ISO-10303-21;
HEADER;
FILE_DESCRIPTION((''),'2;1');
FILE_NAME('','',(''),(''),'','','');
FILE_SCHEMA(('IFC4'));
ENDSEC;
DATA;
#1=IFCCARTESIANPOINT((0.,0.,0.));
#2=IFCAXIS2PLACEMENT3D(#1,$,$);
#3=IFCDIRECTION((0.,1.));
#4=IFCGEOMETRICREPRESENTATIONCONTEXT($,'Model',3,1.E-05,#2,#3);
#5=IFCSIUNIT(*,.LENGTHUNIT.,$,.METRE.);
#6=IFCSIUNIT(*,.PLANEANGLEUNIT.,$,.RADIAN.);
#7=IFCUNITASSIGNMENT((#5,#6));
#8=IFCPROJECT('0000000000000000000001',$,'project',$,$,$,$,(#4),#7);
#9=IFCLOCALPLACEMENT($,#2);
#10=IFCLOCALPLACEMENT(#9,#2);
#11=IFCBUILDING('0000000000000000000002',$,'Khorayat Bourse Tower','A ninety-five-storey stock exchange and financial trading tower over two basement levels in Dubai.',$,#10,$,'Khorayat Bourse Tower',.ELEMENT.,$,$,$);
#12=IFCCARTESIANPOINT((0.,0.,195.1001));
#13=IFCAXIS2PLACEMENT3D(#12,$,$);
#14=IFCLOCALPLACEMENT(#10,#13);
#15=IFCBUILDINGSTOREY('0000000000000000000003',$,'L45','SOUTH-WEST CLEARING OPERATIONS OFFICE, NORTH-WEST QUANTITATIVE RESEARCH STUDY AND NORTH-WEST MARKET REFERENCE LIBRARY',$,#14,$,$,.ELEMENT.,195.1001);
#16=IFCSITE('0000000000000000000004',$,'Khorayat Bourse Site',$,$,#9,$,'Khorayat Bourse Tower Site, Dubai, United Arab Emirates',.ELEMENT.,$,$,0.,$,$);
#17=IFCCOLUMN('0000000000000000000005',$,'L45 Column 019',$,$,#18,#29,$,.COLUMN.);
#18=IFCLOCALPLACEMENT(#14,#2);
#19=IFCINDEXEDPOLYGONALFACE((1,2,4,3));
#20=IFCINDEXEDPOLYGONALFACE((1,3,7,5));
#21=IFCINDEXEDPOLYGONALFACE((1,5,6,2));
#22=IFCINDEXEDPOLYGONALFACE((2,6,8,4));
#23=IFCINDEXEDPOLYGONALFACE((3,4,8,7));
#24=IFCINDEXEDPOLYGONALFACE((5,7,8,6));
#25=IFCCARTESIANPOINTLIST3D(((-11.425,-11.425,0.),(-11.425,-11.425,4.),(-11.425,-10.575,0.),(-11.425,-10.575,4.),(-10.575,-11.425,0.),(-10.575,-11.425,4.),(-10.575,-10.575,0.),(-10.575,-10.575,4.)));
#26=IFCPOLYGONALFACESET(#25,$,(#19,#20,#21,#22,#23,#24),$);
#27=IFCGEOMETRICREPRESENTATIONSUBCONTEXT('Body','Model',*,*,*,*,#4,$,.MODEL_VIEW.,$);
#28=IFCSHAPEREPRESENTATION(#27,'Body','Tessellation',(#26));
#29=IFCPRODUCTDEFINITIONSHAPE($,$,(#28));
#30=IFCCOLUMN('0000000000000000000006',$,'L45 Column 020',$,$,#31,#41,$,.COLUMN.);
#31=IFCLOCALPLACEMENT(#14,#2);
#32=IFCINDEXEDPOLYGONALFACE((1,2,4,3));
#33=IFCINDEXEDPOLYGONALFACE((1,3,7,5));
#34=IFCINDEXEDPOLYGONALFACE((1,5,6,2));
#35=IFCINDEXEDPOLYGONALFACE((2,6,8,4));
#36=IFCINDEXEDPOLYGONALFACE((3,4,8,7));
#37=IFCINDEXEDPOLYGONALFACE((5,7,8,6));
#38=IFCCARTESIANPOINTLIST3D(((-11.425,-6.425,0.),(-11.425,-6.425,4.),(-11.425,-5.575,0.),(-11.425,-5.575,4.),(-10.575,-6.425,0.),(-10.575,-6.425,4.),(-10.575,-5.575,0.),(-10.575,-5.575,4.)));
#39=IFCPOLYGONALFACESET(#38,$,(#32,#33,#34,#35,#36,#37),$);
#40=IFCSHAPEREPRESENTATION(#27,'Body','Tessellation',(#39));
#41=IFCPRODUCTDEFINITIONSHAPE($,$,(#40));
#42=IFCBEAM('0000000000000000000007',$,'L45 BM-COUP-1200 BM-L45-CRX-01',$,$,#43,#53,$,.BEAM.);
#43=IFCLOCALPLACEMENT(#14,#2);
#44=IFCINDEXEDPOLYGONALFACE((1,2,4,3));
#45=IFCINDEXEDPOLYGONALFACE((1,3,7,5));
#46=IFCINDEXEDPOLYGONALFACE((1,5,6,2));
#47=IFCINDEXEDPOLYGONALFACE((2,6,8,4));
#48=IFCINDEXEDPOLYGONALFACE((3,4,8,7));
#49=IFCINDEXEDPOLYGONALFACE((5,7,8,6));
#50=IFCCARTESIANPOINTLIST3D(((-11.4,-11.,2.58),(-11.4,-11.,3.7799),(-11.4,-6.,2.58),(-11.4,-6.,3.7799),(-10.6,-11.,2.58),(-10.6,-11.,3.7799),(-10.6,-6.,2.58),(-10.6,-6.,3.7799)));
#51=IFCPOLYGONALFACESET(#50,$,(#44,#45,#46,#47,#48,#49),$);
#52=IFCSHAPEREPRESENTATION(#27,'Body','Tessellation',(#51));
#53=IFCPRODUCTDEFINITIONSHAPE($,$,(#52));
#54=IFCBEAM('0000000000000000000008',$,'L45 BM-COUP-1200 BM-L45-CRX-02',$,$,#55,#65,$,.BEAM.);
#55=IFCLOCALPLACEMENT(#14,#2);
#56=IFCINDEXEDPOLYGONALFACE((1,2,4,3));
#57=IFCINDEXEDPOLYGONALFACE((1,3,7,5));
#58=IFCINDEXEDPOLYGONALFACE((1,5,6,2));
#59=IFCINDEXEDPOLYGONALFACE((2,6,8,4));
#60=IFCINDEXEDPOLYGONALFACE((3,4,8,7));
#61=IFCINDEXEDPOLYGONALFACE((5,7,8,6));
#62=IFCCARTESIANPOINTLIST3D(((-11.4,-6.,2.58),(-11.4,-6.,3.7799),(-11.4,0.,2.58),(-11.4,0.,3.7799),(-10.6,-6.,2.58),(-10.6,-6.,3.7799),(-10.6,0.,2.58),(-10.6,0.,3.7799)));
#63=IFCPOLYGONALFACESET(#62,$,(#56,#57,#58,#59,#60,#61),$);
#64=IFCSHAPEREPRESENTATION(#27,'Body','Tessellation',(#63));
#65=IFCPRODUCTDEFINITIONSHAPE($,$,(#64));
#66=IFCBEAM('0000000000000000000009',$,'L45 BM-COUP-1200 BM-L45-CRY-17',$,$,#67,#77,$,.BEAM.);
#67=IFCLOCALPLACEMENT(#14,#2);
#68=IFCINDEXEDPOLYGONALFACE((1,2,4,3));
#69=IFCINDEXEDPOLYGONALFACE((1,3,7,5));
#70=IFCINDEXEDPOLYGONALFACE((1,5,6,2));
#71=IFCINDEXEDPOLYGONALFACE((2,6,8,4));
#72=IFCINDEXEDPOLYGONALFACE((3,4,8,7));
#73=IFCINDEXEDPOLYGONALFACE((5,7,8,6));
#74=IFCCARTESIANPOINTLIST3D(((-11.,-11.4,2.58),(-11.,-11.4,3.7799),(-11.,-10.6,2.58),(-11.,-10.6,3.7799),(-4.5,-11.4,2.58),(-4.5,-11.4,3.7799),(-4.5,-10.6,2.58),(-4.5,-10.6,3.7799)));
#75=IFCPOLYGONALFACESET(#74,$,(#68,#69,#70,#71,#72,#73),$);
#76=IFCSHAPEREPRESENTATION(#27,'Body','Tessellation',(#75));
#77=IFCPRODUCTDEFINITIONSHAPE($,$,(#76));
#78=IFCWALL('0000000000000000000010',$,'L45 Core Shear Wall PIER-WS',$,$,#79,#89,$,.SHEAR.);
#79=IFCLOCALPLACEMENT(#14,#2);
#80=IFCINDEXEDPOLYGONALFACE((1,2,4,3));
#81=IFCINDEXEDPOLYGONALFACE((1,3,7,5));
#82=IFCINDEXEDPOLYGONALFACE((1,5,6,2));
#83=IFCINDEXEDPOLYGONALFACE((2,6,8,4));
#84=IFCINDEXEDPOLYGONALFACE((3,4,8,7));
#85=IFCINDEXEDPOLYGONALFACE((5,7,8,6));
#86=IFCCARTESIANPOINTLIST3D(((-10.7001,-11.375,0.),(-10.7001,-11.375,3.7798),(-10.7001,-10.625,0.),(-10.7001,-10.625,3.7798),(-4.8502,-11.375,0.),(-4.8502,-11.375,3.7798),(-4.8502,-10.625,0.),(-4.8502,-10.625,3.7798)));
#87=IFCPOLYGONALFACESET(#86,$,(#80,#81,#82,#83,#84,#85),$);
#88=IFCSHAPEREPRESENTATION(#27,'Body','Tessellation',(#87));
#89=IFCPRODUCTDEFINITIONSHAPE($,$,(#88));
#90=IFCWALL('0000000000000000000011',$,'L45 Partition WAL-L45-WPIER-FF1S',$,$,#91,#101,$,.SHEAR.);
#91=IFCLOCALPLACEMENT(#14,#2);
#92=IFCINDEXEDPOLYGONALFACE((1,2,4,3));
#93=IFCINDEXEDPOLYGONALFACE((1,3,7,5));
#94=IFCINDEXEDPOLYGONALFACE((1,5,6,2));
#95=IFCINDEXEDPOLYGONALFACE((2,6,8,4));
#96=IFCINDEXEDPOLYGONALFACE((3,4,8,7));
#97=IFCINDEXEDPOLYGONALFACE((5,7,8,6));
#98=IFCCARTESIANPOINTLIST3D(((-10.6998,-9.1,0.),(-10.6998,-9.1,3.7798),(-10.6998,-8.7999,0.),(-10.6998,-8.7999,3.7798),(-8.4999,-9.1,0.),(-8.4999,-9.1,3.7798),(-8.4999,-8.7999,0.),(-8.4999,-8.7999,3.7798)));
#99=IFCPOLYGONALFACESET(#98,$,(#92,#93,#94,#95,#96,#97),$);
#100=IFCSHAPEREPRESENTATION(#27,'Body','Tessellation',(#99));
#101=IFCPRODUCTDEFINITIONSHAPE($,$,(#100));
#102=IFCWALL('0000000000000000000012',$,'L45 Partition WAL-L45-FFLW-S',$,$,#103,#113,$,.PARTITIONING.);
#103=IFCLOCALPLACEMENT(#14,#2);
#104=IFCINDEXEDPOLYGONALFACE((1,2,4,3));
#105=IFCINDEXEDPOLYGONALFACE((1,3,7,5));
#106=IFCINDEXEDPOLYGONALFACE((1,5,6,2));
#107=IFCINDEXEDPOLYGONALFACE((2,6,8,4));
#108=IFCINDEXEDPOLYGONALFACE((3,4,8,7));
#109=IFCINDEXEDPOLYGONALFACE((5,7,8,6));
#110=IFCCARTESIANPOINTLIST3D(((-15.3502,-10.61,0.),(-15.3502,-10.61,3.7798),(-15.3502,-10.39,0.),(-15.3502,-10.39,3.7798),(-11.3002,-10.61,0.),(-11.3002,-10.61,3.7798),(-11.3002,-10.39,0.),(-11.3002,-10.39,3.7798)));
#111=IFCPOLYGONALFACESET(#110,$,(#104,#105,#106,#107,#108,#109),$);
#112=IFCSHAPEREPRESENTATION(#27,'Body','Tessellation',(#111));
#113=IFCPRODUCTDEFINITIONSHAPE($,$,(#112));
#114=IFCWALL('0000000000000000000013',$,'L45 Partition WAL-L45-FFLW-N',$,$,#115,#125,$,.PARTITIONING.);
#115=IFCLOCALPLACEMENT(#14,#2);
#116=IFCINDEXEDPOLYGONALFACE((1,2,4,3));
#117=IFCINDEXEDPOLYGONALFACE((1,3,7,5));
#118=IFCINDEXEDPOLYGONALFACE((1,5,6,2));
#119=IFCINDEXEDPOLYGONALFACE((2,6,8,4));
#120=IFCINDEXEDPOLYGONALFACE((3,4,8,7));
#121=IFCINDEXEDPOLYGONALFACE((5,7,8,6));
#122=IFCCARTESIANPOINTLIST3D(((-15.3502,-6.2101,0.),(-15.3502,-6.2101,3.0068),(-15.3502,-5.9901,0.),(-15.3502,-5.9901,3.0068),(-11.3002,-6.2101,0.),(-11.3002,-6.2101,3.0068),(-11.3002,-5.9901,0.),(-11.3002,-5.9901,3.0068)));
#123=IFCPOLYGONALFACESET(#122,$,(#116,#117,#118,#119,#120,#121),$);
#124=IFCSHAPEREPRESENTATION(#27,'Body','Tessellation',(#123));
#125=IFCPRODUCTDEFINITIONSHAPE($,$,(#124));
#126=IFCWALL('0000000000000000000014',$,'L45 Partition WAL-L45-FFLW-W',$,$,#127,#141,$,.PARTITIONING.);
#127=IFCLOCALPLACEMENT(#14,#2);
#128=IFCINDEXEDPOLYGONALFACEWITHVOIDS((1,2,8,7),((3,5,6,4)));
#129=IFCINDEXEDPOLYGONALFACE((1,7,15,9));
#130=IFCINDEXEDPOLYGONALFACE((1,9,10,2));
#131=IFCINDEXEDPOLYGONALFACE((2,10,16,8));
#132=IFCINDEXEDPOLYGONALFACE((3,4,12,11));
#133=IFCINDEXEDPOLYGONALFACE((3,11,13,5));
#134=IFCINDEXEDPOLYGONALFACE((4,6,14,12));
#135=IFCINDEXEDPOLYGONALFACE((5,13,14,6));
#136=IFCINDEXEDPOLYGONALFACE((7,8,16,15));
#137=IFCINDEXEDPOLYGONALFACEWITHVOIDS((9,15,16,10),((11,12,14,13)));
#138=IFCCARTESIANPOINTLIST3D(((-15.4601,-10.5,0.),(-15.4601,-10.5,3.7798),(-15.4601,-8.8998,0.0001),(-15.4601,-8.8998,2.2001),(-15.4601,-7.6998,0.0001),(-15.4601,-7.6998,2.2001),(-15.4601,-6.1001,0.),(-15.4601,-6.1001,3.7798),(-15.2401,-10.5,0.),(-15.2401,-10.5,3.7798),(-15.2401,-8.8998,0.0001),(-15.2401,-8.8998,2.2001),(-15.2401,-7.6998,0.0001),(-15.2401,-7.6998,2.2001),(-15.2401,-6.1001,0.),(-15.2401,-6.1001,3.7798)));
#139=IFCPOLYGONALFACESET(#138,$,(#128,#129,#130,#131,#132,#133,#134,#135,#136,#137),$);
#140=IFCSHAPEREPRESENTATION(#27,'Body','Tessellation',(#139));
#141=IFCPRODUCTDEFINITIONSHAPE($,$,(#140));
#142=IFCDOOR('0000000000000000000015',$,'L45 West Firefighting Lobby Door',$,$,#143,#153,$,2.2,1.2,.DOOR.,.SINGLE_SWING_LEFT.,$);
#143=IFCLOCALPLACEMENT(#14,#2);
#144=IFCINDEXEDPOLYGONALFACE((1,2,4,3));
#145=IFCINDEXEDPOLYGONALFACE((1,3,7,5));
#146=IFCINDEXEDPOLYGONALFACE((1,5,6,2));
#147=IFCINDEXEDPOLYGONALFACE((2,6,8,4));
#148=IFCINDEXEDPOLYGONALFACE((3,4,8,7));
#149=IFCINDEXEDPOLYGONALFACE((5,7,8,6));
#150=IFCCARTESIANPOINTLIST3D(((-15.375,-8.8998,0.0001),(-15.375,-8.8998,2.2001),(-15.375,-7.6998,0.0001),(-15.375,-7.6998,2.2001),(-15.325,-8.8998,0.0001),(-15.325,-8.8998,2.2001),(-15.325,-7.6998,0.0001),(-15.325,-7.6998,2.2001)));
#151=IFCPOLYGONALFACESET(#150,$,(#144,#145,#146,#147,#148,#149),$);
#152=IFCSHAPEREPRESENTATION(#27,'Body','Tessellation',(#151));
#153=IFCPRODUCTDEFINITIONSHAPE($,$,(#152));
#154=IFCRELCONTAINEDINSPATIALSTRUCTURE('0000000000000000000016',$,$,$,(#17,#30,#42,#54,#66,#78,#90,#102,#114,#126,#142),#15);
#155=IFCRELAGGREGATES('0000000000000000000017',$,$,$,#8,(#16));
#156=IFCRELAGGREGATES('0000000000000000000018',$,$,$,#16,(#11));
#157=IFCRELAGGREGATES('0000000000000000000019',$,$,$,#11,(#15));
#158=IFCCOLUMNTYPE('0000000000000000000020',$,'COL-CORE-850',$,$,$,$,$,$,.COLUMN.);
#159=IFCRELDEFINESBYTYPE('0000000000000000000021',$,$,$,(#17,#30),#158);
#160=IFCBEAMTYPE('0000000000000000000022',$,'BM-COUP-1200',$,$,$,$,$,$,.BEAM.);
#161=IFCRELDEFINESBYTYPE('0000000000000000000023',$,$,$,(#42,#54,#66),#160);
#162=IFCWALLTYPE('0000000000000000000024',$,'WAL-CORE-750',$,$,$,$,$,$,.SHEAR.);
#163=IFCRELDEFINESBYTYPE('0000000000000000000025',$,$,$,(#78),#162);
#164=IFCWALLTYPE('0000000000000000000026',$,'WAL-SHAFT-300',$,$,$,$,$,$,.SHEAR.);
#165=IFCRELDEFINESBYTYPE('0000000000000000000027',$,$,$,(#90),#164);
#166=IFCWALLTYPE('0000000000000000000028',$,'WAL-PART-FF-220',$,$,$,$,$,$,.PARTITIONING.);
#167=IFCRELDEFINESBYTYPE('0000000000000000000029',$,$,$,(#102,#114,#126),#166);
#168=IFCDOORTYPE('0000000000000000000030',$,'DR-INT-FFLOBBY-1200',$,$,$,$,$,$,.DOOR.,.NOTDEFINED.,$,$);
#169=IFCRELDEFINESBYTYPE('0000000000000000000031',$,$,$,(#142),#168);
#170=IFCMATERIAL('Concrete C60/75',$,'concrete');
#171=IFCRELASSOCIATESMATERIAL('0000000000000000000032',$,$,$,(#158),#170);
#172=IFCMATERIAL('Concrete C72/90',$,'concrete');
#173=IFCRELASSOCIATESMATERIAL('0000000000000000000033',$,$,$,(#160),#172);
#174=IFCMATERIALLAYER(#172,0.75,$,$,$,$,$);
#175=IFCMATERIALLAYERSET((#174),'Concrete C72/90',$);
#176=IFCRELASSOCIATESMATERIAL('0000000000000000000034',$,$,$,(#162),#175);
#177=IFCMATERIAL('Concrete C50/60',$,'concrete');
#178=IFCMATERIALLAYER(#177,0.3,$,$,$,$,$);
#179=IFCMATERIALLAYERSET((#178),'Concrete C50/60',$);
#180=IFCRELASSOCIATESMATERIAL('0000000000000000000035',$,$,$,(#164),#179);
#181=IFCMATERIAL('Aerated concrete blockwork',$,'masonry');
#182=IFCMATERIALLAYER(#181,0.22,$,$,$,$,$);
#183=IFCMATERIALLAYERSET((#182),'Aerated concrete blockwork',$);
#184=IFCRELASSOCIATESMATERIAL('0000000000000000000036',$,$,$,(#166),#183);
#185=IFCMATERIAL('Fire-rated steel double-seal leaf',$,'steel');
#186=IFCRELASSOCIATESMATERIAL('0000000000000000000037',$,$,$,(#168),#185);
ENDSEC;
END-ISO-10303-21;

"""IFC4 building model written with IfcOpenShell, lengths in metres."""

from ifc_helpers import new_model, si_unit, direction, frame, frame_2d, origin, origin_2d, place, context, subcontext, project, spatial, rectangle, extrude, source, transform, mapped, material, layer, layer_set, material_profile, profile_set, type_object, element, fill, save


model = new_model("IFC4")

# Units and contexts
model_context = context("Model", 3, precision=1e-05, world=origin(), true_north=direction((0.0, 1.0)))
body_context = subcontext(model_context, "Body", "Model", "MODEL_VIEW")
ifc_project = project(units=[si_unit("LENGTHUNIT", "METRE"), si_unit("PLANEANGLEUNIT", "RADIAN")], contexts=[model_context])

# Site, building, storey
site_placement = place(None, origin())
site = spatial("IfcSite", under=ifc_project, at=site_placement, Name="Khorayat Bourse Site", LongName="Khorayat Bourse Tower Site, Dubai, United Arab Emirates", CompositionType="ELEMENT", RefElevation=0.0)
building_placement = place(site_placement, origin())
building = spatial("IfcBuilding", under=site, at=building_placement, Name="Khorayat Bourse Tower", Description="A ninety-five-storey stock exchange and financial trading tower over two basement levels in Dubai.", LongName="Khorayat Bourse Tower", CompositionType="ELEMENT")
storey_placement = place(building_placement, frame((0.0, 0.0, 195.1001)))
storey = spatial("IfcBuildingStorey", under=building, at=storey_placement, Name="L45", Description="SOUTH-WEST CLEARING OPERATIONS OFFICE, NORTH-WEST QUANTITATIVE RESEARCH STUDY AND NORTH-WEST MARKET REFERENCE LIBRARY", CompositionType="ELEMENT", Elevation=195.1001)

# Columns
ifc_material_1 = material(Name="Concrete C60/75", Category="concrete")
ifc_material_profile_1 = material_profile(ifc_material_1, rectangle(XDim=0.8501, YDim=0.8501, at=origin_2d()), Name="RC 850x850")
ifc_profile_set_1 = profile_set([ifc_material_profile_1], Name="Concrete C60/75")
column_type = type_object("IfcColumnType", Name="COL-CORE-850", PredefinedType="COLUMN", material=ifc_profile_set_1)
shared_shape_1 = source(origin(), body_context, "Body", "SweptSolid", [
    extrude(rectangle(XDim=0.8501, YDim=0.8501, at=origin_2d()), origin(), (0.0, 0.0, 1.0), 4.0),
])
for number, where, z_axis, x_axis, name in (
    (1, (-11.0, -11.0, 0.0), (0.0, 0.0, 1.0), (1.0, 0.0, 0.0), "L45 Column 019"),
    (2, (-11.0, -6.0, 0.0), (0.0, 0.0, 1.0), (1.0, 0.0, 0.0), "L45 Column 020"),
):
    element("IfcColumn", number, at=place(storey_placement, frame(where, z_axis=z_axis, x_axis=x_axis)), inside=storey, type_object=column_type, Name=name, PredefinedType="COLUMN", context=body_context, shape_type="MappedRepresentation", body=[
        mapped(shared_shape_1, transform((0.0, 0.0, 0.0), scale=1.0)),
    ])

# Beams
ifc_material_2 = material(Name="Concrete C72/90", Category="concrete")
ifc_material_profile_2 = material_profile(ifc_material_2, rectangle(XDim=0.8, YDim=1.2, at=origin_2d()), Name="RC 800x1200")
ifc_profile_set_2 = profile_set([ifc_material_profile_2], Name="Concrete C72/90")
beam_type = type_object("IfcBeamType", Name="BM-COUP-1200", PredefinedType="BEAM", material=ifc_profile_set_2)
shared_shape_2 = source(origin(), body_context, "Body", "SweptSolid", [
    extrude(rectangle(XDim=0.8, YDim=1.2, at=origin_2d()), origin(), (0.0, 0.0, 1.0), 5.0),
])
beam_1_placement = place(storey_placement, frame((-11.0, -11.0, 3.1799), z_axis=(0.0, 1.0, 0.0), x_axis=(-1.0, 0.0, 0.0)))
element("IfcBeam", 3, at=beam_1_placement, inside=storey, type_object=beam_type, Name="L45 BM-COUP-1200 BM-L45-CRX-01", PredefinedType="BEAM", context=body_context, shape_type="MappedRepresentation", body=[
    mapped(shared_shape_2, transform((0.0, 0.0, 0.0), scale=1.0)),
])
shared_shape_3 = source(origin(), body_context, "Body", "SweptSolid", [
    extrude(rectangle(XDim=0.8, YDim=1.2, at=origin_2d()), origin(), (0.0, 0.0, 1.0), 6.0),
])
beam_2_placement = place(storey_placement, frame((-11.0, -6.0, 3.1799), z_axis=(0.0, 1.0, 0.0), x_axis=(-1.0, 0.0, 0.0)))
element("IfcBeam", 4, at=beam_2_placement, inside=storey, type_object=beam_type, Name="L45 BM-COUP-1200 BM-L45-CRX-02", PredefinedType="BEAM", context=body_context, shape_type="MappedRepresentation", body=[
    mapped(shared_shape_3, transform((0.0, 0.0, 0.0), scale=1.0)),
])
shared_shape_4 = source(origin(), body_context, "Body", "SweptSolid", [
    extrude(rectangle(XDim=0.8, YDim=1.2, at=origin_2d()), origin(), (0.0, 0.0, 1.0), 6.5),
])
beam_3_placement = place(storey_placement, frame((-11.0, -11.0, 3.1799), z_axis=(1.0, 0.0, 0.0), x_axis=(0.0, 1.0, 0.0)))
element("IfcBeam", 5, at=beam_3_placement, inside=storey, type_object=beam_type, Name="L45 BM-COUP-1200 BM-L45-CRY-17", PredefinedType="BEAM", context=body_context, shape_type="MappedRepresentation", body=[
    mapped(shared_shape_4, transform((0.0, 0.0, 0.0), scale=1.0)),
])

# Walls
ifc_layer_1 = layer(ifc_material_2, 0.75)
ifc_layer_set_1 = layer_set([ifc_layer_1], Name="Concrete C72/90")
wall_type_1 = type_object("IfcWallType", Name="WAL-CORE-750", PredefinedType="SHEAR", material=ifc_layer_set_1)
shared_shape_5 = source(origin(), body_context, "Body", "SweptSolid", [
    extrude(rectangle(XDim=5.8499, YDim=0.75, at=frame_2d((2.9248, 0.0))), origin(), (0.0, 0.0, 1.0), 3.7798),
])
wall_1_placement = place(storey_placement, frame((-10.7, -11.0, 0.0), z_axis=(0.0, 0.0, 1.0), x_axis=(1.0, 0.0, 0.0)))
element("IfcWall", 6, at=wall_1_placement, inside=storey, type_object=wall_type_1, Name="L45 Core Shear Wall PIER-WS", PredefinedType="SHEAR", context=body_context, shape_type="MappedRepresentation", body=[
    mapped(shared_shape_5, transform((0.0, 0.0, 0.0), scale=1.0)),
])
ifc_material_3 = material(Name="Concrete C50/60", Category="concrete")
ifc_layer_2 = layer(ifc_material_3, 0.3)
ifc_layer_set_2 = layer_set([ifc_layer_2], Name="Concrete C50/60")
wall_type_2 = type_object("IfcWallType", Name="WAL-SHAFT-300", PredefinedType="SHEAR", material=ifc_layer_set_2)
shared_shape_6 = source(origin(), body_context, "Body", "SweptSolid", [
    extrude(rectangle(XDim=2.2, YDim=0.3, at=frame_2d((1.1001, 0.0))), origin(), (0.0, 0.0, 1.0), 3.7798),
])
wall_2_placement = place(storey_placement, frame((-10.7, -8.95, 0.0), z_axis=(0.0, 0.0, 1.0), x_axis=(1.0, 0.0, 0.0)))
element("IfcWall", 7, at=wall_2_placement, inside=storey, type_object=wall_type_2, Name="L45 Partition WAL-L45-WPIER-FF1S", PredefinedType="SHEAR", context=body_context, shape_type="MappedRepresentation", body=[
    mapped(shared_shape_6, transform((0.0, 0.0, 0.0), scale=1.0)),
])
ifc_material_4 = material(Name="Aerated concrete blockwork", Category="masonry")
ifc_layer_3 = layer(ifc_material_4, 0.22)
ifc_layer_set_3 = layer_set([ifc_layer_3], Name="Aerated concrete blockwork")
wall_type_3 = type_object("IfcWallType", Name="WAL-PART-FF-220", PredefinedType="PARTITIONING", material=ifc_layer_set_3)
shared_shape_7 = source(origin(), body_context, "Body", "SweptSolid", [
    extrude(rectangle(XDim=4.05, YDim=0.22, at=frame_2d((2.0249, 0.0))), origin(), (0.0, 0.0, 1.0), 3.7798),
])
wall_3_placement = place(storey_placement, frame((-15.3501, -10.5, 0.0), z_axis=(0.0, 0.0, 1.0), x_axis=(1.0, 0.0, 0.0)))
element("IfcWall", 8, at=wall_3_placement, inside=storey, type_object=wall_type_3, Name="L45 Partition WAL-L45-FFLW-S", PredefinedType="PARTITIONING", context=body_context, shape_type="MappedRepresentation", body=[
    mapped(shared_shape_7, transform((0.0, 0.0, 0.0), scale=1.0)),
])
shared_shape_8 = source(origin(), body_context, "Body", "SweptSolid", [
    extrude(rectangle(XDim=4.05, YDim=0.22, at=frame_2d((2.0249, 0.0))), origin(), (0.0, 0.0, 1.0), 3.0068),
])
wall_4_placement = place(storey_placement, frame((-15.3501, -6.1001, 0.0), z_axis=(0.0, 0.0, 1.0), x_axis=(1.0, 0.0, 0.0)))
element("IfcWall", 9, at=wall_4_placement, inside=storey, type_object=wall_type_3, Name="L45 Partition WAL-L45-FFLW-N", PredefinedType="PARTITIONING", context=body_context, shape_type="MappedRepresentation", body=[
    mapped(shared_shape_8, transform((0.0, 0.0, 0.0), scale=1.0)),
])

# Wall, opening, door
shared_shape_9 = source(origin(), body_context, "Body", "SweptSolid", [
    extrude(rectangle(XDim=4.3999, YDim=0.22, at=frame_2d((2.2, 0.0))), origin(), (0.0, 0.0, 1.0), 3.7798),
])
wall_5_placement = place(storey_placement, frame((-15.3501, -10.5, 0.0), z_axis=(0.0, 0.0, 1.0), x_axis=(0.0, 1.0, 0.0)))
wall_5 = element("IfcWall", 10, at=wall_5_placement, inside=storey, type_object=wall_type_3, Name="L45 Partition WAL-L45-FFLW-W", PredefinedType="PARTITIONING", context=body_context, shape_type="MappedRepresentation", body=[
    mapped(shared_shape_9, transform((0.0, 0.0, 0.0), scale=1.0)),
])
shared_shape_10 = source(origin(), body_context, "Body", "SweptSolid", [
    extrude(rectangle(XDim=1.2, YDim=2.2, at=frame_2d((0.6001, 1.1001))), frame((0.0, 0.1199, 0.0), z_axis=(0.0, -1.0, 0.0), x_axis=(1.0, 0.0, 0.0)), (0.0, 0.0, 1.0), 0.24),
])
opening_1_placement = place(wall_5_placement, frame((1.6001, 0.0, 0.0)))
opening_1 = element("IfcOpeningElement", 11, at=opening_1_placement, cuts=wall_5, PredefinedType="OPENING", context=body_context, shape_type="MappedRepresentation", body=[
    mapped(shared_shape_10, transform((0.0, 0.0, 0.0), scale=1.0)),
])
ifc_material_5 = material(Name="Fire-rated steel double-seal leaf", Category="steel")
door_type_1 = type_object("IfcDoorType", Name="DR-INT-FFLOBBY-1200", OperationType="NOTDEFINED", PredefinedType="DOOR", material=ifc_material_5)
shared_shape_11 = source(origin(), body_context, "Body", "SweptSolid", [
    extrude(rectangle(XDim=1.2, YDim=2.2, at=frame_2d((0.6001, 1.1001))), frame((0.0, 0.0249, 0.0), z_axis=(0.0, -1.0, 0.0), x_axis=(1.0, 0.0, 0.0)), (0.0, 0.0, 1.0), 0.05),
])
door_1_placement = place(opening_1_placement, origin())
door_1 = element("IfcDoor", 12, at=door_1_placement, inside=storey, type_object=door_type_1, Name="L45 West Firefighting Lobby Door", OperationType="SINGLE_SWING_LEFT", OverallHeight=2.2, OverallWidth=1.2, PredefinedType="DOOR", context=body_context, shape_type="MappedRepresentation", body=[
    mapped(shared_shape_11, transform((0.0, 0.0, 0.0), scale=1.0)),
])
fill(opening_1, door_1)

save(model, "model.ifc")
